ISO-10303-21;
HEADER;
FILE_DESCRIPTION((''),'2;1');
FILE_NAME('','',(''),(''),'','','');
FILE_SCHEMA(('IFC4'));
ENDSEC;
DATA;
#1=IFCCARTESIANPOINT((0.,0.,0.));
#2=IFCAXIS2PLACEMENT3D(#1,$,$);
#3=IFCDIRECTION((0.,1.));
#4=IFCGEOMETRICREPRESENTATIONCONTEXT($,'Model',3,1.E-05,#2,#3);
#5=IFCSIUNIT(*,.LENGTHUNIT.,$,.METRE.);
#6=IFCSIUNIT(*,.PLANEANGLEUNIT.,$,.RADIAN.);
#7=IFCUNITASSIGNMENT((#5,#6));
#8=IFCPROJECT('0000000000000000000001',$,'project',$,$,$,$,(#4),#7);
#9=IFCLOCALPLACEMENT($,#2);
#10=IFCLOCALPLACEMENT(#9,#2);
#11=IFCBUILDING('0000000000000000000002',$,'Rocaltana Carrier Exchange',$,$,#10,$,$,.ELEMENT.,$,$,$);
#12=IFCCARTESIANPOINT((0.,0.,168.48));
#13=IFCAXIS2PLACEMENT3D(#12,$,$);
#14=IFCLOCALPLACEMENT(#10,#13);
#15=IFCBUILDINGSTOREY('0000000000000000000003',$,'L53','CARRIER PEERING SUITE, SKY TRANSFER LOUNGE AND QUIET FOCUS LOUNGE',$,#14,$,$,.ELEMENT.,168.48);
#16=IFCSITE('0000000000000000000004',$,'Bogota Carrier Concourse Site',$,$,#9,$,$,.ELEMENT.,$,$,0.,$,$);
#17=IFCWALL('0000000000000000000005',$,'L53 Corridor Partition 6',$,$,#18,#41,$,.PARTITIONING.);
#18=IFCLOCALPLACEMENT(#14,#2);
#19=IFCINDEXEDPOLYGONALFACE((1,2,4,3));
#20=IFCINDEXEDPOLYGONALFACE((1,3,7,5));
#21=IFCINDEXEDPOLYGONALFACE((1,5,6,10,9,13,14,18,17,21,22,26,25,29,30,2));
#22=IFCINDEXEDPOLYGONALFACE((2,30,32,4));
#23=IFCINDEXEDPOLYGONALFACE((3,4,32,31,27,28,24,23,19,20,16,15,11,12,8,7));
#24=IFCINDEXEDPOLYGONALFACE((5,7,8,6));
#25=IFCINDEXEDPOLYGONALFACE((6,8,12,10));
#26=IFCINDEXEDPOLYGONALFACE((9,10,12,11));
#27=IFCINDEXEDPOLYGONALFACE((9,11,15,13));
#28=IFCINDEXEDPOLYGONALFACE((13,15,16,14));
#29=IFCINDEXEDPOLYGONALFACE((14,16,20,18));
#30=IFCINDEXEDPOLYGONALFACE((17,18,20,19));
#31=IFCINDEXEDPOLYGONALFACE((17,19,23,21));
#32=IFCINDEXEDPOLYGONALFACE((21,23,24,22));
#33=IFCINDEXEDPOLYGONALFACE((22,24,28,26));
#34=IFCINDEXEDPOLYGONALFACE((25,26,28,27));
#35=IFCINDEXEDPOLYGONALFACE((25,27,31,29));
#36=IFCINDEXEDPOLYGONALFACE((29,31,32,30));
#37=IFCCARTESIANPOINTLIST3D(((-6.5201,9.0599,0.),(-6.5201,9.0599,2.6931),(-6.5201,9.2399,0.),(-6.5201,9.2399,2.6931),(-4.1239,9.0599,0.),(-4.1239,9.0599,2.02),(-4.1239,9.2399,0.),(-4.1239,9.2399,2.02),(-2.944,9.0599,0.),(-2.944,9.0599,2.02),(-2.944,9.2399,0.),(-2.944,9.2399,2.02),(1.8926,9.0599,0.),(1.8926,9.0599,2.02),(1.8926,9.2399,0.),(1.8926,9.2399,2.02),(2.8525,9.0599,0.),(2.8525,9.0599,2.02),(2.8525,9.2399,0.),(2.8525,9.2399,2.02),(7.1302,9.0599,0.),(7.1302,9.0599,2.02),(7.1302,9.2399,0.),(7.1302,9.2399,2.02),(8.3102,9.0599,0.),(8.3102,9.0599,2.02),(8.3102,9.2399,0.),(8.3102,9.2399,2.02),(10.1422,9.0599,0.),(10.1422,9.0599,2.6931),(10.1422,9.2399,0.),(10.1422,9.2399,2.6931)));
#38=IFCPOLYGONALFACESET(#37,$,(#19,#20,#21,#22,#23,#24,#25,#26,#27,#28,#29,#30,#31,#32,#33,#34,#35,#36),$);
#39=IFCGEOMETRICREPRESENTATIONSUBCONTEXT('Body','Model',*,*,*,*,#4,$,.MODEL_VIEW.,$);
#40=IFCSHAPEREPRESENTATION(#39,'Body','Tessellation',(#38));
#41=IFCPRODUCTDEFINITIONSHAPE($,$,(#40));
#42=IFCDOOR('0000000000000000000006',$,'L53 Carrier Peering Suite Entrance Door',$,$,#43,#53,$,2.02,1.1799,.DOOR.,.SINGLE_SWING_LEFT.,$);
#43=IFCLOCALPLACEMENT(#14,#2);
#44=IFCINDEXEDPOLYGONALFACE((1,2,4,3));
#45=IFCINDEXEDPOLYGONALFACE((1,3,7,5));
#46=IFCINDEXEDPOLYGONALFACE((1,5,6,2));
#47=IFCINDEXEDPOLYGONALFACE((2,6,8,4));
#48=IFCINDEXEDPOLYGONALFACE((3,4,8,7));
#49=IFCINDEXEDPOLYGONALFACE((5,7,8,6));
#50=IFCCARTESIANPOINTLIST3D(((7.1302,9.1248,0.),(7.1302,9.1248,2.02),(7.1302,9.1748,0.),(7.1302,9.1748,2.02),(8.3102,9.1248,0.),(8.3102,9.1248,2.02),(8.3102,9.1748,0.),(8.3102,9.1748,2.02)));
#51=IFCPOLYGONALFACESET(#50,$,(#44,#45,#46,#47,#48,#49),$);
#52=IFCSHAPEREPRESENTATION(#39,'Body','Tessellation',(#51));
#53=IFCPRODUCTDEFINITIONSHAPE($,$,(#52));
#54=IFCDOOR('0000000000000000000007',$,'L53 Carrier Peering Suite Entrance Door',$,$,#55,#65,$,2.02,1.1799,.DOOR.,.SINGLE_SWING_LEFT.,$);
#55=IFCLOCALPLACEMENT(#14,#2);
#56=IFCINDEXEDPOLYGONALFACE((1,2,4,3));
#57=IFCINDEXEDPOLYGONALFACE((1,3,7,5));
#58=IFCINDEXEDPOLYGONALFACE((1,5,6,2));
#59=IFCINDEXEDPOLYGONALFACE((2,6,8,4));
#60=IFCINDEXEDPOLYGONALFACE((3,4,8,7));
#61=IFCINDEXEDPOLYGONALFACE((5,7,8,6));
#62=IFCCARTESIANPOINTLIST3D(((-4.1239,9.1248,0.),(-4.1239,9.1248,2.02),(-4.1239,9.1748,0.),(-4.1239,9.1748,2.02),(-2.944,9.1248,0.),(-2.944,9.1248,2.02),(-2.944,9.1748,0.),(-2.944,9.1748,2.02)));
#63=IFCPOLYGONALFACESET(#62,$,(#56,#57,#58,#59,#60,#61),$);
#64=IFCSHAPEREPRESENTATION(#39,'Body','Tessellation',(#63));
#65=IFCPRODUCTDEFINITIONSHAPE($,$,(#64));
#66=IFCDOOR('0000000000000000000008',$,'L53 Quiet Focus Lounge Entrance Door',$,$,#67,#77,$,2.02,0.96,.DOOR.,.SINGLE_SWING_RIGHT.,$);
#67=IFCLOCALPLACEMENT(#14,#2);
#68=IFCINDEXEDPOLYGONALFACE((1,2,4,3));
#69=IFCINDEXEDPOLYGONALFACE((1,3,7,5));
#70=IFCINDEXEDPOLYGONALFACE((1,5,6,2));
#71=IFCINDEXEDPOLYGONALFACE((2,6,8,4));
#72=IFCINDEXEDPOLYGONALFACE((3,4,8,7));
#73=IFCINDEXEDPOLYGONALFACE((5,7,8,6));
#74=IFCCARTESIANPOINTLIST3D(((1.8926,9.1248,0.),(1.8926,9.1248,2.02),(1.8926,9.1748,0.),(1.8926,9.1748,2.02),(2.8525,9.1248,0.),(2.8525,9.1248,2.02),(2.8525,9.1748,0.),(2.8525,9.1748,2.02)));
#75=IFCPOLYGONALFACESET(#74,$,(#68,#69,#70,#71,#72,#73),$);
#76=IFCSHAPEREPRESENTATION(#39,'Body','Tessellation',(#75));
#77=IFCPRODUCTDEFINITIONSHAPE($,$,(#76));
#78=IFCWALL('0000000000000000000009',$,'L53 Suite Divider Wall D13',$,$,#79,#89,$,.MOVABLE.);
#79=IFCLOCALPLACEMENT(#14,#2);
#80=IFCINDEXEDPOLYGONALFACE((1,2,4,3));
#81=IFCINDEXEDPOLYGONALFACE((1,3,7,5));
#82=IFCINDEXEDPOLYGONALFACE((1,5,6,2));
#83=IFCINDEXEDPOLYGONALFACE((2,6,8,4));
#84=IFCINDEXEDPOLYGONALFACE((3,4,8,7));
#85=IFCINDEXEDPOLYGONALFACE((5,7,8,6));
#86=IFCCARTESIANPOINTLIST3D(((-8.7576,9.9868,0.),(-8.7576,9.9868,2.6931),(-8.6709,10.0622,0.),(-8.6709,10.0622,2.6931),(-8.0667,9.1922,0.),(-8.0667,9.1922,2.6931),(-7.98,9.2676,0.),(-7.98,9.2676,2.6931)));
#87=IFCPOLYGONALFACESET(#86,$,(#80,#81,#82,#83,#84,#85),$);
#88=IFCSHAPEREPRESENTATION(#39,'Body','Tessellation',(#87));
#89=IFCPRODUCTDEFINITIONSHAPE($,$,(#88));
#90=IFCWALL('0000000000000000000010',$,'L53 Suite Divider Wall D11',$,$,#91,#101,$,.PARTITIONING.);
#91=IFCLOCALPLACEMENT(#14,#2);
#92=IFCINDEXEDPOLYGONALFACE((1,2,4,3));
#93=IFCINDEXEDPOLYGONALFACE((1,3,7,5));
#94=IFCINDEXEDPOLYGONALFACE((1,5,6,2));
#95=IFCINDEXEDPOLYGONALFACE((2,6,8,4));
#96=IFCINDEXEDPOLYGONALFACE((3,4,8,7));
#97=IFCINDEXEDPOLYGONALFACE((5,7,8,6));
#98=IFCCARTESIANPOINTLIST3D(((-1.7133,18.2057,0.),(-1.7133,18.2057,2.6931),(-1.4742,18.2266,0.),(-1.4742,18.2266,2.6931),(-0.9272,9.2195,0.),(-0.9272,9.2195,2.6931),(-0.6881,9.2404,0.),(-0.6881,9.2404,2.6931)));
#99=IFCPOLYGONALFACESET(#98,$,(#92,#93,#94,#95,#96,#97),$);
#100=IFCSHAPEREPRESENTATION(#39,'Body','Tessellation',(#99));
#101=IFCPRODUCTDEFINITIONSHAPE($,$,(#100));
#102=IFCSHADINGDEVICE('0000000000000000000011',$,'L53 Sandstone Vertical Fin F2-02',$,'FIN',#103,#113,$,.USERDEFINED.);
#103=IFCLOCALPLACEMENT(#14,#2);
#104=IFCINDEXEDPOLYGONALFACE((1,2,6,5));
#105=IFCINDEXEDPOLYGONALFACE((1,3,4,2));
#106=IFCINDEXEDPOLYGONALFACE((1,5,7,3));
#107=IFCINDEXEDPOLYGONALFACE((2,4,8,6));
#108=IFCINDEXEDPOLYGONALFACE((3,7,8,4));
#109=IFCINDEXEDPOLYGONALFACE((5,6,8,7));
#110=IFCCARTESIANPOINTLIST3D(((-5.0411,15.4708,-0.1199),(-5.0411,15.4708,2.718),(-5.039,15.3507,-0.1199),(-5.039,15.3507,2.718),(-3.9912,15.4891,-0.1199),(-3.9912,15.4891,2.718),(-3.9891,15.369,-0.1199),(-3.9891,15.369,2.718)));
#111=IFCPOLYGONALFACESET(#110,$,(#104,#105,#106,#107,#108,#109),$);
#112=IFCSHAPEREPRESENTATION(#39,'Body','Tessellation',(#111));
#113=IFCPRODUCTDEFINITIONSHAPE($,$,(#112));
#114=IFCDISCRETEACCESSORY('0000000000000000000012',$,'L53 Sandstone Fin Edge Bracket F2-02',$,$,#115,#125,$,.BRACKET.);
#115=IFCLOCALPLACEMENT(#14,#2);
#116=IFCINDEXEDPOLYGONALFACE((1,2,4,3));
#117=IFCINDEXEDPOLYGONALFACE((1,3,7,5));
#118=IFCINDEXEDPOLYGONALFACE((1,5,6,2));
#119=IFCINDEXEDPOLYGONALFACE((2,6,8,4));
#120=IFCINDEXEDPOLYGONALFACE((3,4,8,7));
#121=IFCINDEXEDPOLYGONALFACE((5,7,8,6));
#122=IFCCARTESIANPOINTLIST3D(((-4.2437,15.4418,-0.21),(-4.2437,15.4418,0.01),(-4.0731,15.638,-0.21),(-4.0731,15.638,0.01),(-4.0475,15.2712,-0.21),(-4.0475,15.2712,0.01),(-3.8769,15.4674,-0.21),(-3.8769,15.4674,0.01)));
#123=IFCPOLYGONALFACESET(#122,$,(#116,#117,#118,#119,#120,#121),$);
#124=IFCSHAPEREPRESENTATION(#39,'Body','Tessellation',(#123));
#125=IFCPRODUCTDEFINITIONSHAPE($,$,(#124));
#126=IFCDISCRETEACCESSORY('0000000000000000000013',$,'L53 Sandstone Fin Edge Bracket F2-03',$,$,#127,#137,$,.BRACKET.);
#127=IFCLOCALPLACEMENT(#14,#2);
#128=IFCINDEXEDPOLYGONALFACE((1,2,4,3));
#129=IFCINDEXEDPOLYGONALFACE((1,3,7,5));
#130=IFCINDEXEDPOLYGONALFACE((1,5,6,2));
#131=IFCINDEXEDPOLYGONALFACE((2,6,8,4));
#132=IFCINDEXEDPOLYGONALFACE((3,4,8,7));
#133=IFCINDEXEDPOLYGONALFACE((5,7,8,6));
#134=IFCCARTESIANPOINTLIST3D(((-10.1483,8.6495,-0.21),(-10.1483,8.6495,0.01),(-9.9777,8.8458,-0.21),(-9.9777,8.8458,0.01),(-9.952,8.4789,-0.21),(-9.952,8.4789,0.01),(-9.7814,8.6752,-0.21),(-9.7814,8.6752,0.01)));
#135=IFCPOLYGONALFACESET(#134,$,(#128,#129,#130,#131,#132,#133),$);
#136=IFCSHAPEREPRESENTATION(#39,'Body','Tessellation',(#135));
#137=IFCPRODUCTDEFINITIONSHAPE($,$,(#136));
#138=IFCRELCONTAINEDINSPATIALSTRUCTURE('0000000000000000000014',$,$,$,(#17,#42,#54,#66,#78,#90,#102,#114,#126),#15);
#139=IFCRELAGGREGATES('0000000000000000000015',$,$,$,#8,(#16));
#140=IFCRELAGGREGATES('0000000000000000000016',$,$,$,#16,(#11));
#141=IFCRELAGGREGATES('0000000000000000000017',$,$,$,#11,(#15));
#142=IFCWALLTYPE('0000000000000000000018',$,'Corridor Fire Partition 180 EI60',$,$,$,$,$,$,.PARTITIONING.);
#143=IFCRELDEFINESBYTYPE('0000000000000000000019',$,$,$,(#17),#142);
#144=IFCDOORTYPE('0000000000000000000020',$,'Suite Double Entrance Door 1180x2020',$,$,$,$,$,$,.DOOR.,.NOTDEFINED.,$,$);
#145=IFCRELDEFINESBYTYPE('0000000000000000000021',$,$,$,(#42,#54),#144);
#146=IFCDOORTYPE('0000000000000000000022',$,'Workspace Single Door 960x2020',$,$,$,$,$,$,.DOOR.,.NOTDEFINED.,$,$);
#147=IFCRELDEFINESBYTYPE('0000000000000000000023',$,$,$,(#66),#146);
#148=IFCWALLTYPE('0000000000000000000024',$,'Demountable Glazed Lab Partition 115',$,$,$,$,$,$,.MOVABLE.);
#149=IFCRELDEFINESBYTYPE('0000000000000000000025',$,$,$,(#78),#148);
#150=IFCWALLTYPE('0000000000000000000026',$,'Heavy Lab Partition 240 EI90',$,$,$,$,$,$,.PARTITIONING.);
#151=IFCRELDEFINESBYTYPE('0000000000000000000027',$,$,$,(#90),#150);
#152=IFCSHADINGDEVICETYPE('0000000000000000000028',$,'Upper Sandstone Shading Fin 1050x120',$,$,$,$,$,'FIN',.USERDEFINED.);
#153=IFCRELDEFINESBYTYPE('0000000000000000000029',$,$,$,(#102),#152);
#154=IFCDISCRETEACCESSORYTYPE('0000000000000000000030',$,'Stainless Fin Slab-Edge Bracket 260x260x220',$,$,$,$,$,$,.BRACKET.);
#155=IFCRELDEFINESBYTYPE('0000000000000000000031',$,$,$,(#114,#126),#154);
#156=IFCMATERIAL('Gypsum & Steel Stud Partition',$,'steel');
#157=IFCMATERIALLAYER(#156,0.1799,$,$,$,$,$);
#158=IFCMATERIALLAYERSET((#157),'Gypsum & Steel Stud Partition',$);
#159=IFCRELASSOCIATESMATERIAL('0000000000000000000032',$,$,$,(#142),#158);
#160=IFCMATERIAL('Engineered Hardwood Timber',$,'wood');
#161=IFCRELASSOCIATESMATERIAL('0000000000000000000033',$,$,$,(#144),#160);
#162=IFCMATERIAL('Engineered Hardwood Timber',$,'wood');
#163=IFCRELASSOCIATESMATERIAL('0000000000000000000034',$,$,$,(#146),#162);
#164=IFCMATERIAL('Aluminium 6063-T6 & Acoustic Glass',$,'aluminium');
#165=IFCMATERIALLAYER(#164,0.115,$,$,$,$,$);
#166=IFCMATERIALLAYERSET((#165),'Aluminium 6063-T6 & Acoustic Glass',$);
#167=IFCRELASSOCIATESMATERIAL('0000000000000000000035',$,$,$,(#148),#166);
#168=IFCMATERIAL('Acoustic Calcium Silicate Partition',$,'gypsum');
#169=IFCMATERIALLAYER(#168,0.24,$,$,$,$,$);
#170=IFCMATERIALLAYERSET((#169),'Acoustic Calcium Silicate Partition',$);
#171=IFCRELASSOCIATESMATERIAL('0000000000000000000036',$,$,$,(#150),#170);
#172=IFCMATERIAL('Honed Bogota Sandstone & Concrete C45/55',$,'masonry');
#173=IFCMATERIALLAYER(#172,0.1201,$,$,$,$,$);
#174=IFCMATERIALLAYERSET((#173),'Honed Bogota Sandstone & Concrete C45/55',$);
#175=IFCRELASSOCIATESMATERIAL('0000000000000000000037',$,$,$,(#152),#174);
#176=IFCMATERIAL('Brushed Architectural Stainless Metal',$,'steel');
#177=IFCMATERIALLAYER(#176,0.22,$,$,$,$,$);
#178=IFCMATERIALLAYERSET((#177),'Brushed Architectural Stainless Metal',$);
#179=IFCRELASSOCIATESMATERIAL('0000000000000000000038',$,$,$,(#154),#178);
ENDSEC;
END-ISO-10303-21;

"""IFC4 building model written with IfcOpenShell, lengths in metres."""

from ifc_helpers import new_model, si_unit, direction, frame, frame_2d, origin, origin_2d, place, context, subcontext, project, spatial, rectangle, extrude, material, layer, layer_set, type_object, element, fill, save


model = new_model("IFC4")

# Units and contexts
model_context = context("Model", 3, precision=1e-05, world=origin(), true_north=direction((0.0, 1.0)))
body_context = subcontext(model_context, "Body", "Model", "MODEL_VIEW")
ifc_project = project(units=[si_unit("LENGTHUNIT", "METRE"), si_unit("PLANEANGLEUNIT", "RADIAN")], contexts=[model_context])

# Site, building, storey
site_placement = place(None, origin())
site = spatial("IfcSite", under=ifc_project, at=site_placement, Name="Bogota Carrier Concourse Site", CompositionType="ELEMENT", RefElevation=0.0)
building_placement = place(site_placement, origin())
building = spatial("IfcBuilding", under=site, at=building_placement, Name="Rocaltana Carrier Exchange", CompositionType="ELEMENT")
storey_placement = place(building_placement, frame((0.0, 0.0, 168.48)))
storey = spatial("IfcBuildingStorey", under=building, at=storey_placement, Name="L53", Description="CARRIER PEERING SUITE, SKY TRANSFER LOUNGE AND QUIET FOCUS LOUNGE", CompositionType="ELEMENT", Elevation=168.48)

# Shared definitions
ifc_material_1 = material(Name="Gypsum & Steel Stud Partition", Category="steel")
ifc_layer_1 = layer(ifc_material_1, 0.1799)
ifc_layer_set_1 = layer_set([ifc_layer_1], Name="Gypsum & Steel Stud Partition")
wall_type_1 = type_object("IfcWallType", Name="Corridor Fire Partition 180 EI60", PredefinedType="PARTITIONING", material=ifc_layer_set_1)

# Wall, openings, doors
wall_1_placement = place(storey_placement, frame((-6.52, 9.1499, 0.0), z_axis=(0.0, 0.0, 1.0), x_axis=(1.0, 0.0, 0.0)))
wall_1 = element("IfcWall", 1, at=wall_1_placement, inside=storey, type_object=wall_type_1, Name="L53 Corridor Partition 6", PredefinedType="PARTITIONING", context=body_context, shape_type="SweptSolid", body=[
    extrude(rectangle(XDim=16.6624, YDim=0.1799, at=frame_2d((8.3311, 0.0))), origin(), (0.0, 0.0, 1.0), 2.6931),
])
opening_1_placement = place(wall_1_placement, frame((13.6504, 0.0, 0.0)))
opening_1 = element("IfcOpeningElement", 2, at=opening_1_placement, cuts=wall_1, PredefinedType="OPENING", context=body_context, shape_type="SweptSolid", body=[
    extrude(rectangle(XDim=1.1799, YDim=2.02, at=frame_2d((0.5898, 1.01))), frame((0.0, 0.0999, 0.0), z_axis=(0.0, -1.0, 0.0), x_axis=(1.0, 0.0, 0.0)), (0.0, 0.0, 1.0), 0.2),
])
opening_2_placement = place(wall_1_placement, frame((8.4126, 0.0, 0.0)))
opening_2 = element("IfcOpeningElement", 3, at=opening_2_placement, cuts=wall_1, PredefinedType="OPENING", context=body_context, shape_type="SweptSolid", body=[
    extrude(rectangle(XDim=0.96, YDim=2.02, at=frame_2d((0.48, 1.01))), frame((0.0, 0.0999, 0.0), z_axis=(0.0, -1.0, 0.0), x_axis=(1.0, 0.0, 0.0)), (0.0, 0.0, 1.0), 0.2),
])
opening_3_placement = place(wall_1_placement, frame((2.3962, 0.0, 0.0)))
opening_3 = element("IfcOpeningElement", 4, at=opening_3_placement, cuts=wall_1, PredefinedType="OPENING", context=body_context, shape_type="SweptSolid", body=[
    extrude(rectangle(XDim=1.1799, YDim=2.02, at=frame_2d((0.5898, 1.01))), frame((0.0, 0.0999, 0.0), z_axis=(0.0, -1.0, 0.0), x_axis=(1.0, 0.0, 0.0)), (0.0, 0.0, 1.0), 0.2),
])
ifc_material_2 = material(Name="Engineered Hardwood Timber", Category="wood")
door_type_1 = type_object("IfcDoorType", Name="Suite Double Entrance Door 1180x2020", OperationType="NOTDEFINED", PredefinedType="DOOR", material=ifc_material_2)
door_1_placement = place(opening_1_placement, origin())
door_1 = element("IfcDoor", 5, at=door_1_placement, inside=storey, type_object=door_type_1, Name="L53 Carrier Peering Suite Entrance Door", OperationType="SINGLE_SWING_LEFT", OverallHeight=2.02, OverallWidth=1.1799, PredefinedType="DOOR", context=body_context, shape_type="SweptSolid", body=[
    extrude(rectangle(XDim=1.1799, YDim=2.02, at=frame_2d((0.5898, 1.01))), frame((0.0, 0.0249, 0.0), z_axis=(0.0, -1.0, 0.0), x_axis=(1.0, 0.0, 0.0)), (0.0, 0.0, 1.0), 0.05),
])
fill(opening_1, door_1)
door_2_placement = place(opening_3_placement, origin())
door_2 = element("IfcDoor", 6, at=door_2_placement, inside=storey, type_object=door_type_1, Name="L53 Carrier Peering Suite Entrance Door", OperationType="SINGLE_SWING_LEFT", OverallHeight=2.02, OverallWidth=1.1799, PredefinedType="DOOR", context=body_context, shape_type="SweptSolid", body=[
    extrude(rectangle(XDim=1.1799, YDim=2.02, at=frame_2d((0.5898, 1.01))), frame((0.0, 0.0249, 0.0), z_axis=(0.0, -1.0, 0.0), x_axis=(1.0, 0.0, 0.0)), (0.0, 0.0, 1.0), 0.05),
])
fill(opening_3, door_2)
ifc_material_3 = material(Name="Engineered Hardwood Timber", Category="wood")
door_type_2 = type_object("IfcDoorType", Name="Workspace Single Door 960x2020", OperationType="NOTDEFINED", PredefinedType="DOOR", material=ifc_material_3)
door_3_placement = place(opening_2_placement, origin())
door_3 = element("IfcDoor", 7, at=door_3_placement, inside=storey, type_object=door_type_2, Name="L53 Quiet Focus Lounge Entrance Door", OperationType="SINGLE_SWING_RIGHT", OverallHeight=2.02, OverallWidth=0.96, PredefinedType="DOOR", context=body_context, shape_type="SweptSolid", body=[
    extrude(rectangle(XDim=0.96, YDim=2.02, at=frame_2d((0.48, 1.01))), frame((0.0, 0.0249, 0.0), z_axis=(0.0, -1.0, 0.0), x_axis=(1.0, 0.0, 0.0)), (0.0, 0.0, 1.0), 0.05),
])
fill(opening_2, door_3)

# Walls
ifc_material_4 = material(Name="Aluminium 6063-T6 & Acoustic Glass", Category="aluminium")
ifc_layer_2 = layer(ifc_material_4, 0.115)
ifc_layer_set_2 = layer_set([ifc_layer_2], Name="Aluminium 6063-T6 & Acoustic Glass")
wall_type_2 = type_object("IfcWallType", Name="Demountable Glazed Lab Partition 115", PredefinedType="MOVABLE", material=ifc_layer_set_2)
wall_2_placement = place(storey_placement, frame((-8.0234, 9.23, 0.0), z_axis=(0.0, 0.0, 1.0), x_axis=(-0.656121, 0.754655, 0.0)))
element("IfcWall", 8, at=wall_2_placement, inside=storey, type_object=wall_type_2, Name="L53 Suite Divider Wall D13", PredefinedType="MOVABLE", context=body_context, shape_type="SweptSolid", body=[
    extrude(rectangle(XDim=1.053, YDim=0.115, at=frame_2d((0.5264, 0.0))), origin(), (0.0, 0.0, 1.0), 2.6931),
])
ifc_material_5 = material(Name="Acoustic Calcium Silicate Partition", Category="gypsum")
ifc_layer_3 = layer(ifc_material_5, 0.24)
ifc_layer_set_3 = layer_set([ifc_layer_3], Name="Acoustic Calcium Silicate Partition")
wall_type_3 = type_object("IfcWallType", Name="Heavy Lab Partition 240 EI90", PredefinedType="PARTITIONING", material=ifc_layer_set_3)
wall_3_placement = place(storey_placement, frame((-0.8076, 9.23, 0.0), z_axis=(0.0, 0.0, 1.0), x_axis=(-0.08715, 0.996195, 0.0)))
element("IfcWall", 9, at=wall_3_placement, inside=storey, type_object=wall_type_3, Name="L53 Suite Divider Wall D11", PredefinedType="PARTITIONING", context=body_context, shape_type="SweptSolid", body=[
    extrude(rectangle(XDim=9.0205, YDim=0.24, at=frame_2d((4.5103, 0.0))), origin(), (0.0, 0.0, 1.0), 2.6931),
])

# Shading device
ifc_material_6 = material(Name="Honed Bogota Sandstone & Concrete C45/55", Category="masonry")
ifc_layer_4 = layer(ifc_material_6, 0.1201)
ifc_layer_set_4 = layer_set([ifc_layer_4], Name="Honed Bogota Sandstone & Concrete C45/55")
shading_device_type = type_object("IfcShadingDeviceType", Name="Upper Sandstone Shading Fin 1050x120", ElementType="FIN", PredefinedType="USERDEFINED", material=ifc_layer_set_4)
shading_device_placement = place(storey_placement, frame((-4.5151, 15.4199, -0.1199), z_axis=(0.0, 0.0, 1.0), x_axis=(-0.999848, -0.017452, 0.0)))
element("IfcShadingDevice", 10, at=shading_device_placement, inside=storey, type_object=shading_device_type, Name="L53 Sandstone Vertical Fin F2-02", ObjectType="FIN", PredefinedType="USERDEFINED", context=body_context, shape_type="SweptSolid", body=[
    extrude(rectangle(XDim=1.05, YDim=0.1201, at=origin_2d()), origin(), (0.0, 0.0, 1.0), 2.8379),
])

# Discrete accessories
ifc_material_7 = material(Name="Brushed Architectural Stainless Metal", Category="steel")
ifc_layer_5 = layer(ifc_material_7, 0.22)
ifc_layer_set_5 = layer_set([ifc_layer_5], Name="Brushed Architectural Stainless Metal")
discrete_accessory_type = type_object("IfcDiscreteAccessoryType", Name="Stainless Fin Slab-Edge Bracket 260x260x220", PredefinedType="BRACKET", material=ifc_layer_set_5)
for number, where, z_axis, x_axis, name in (
    (11, (-4.0603, 15.4546, -0.21), (0.0, 0.0, 1.0), (-0.656059, -0.75471, 0.0), "L53 Sandstone Fin Edge Bracket F2-02"),
    (12, (-9.9648, 8.6624, -0.21), (0.0, 0.0, 1.0), (-0.656059, -0.75471, 0.0), "L53 Sandstone Fin Edge Bracket F2-03"),
):
    element("IfcDiscreteAccessory", number, at=place(storey_placement, frame(where, z_axis=z_axis, x_axis=x_axis)), inside=storey, type_object=discrete_accessory_type, Name=name, PredefinedType="BRACKET", context=body_context, shape_type="SweptSolid", body=[
        extrude(rectangle(XDim=0.26, YDim=0.26, at=origin_2d()), origin(), (0.0, 0.0, 1.0), 0.22),
    ])

save(model, "model.ifc")
